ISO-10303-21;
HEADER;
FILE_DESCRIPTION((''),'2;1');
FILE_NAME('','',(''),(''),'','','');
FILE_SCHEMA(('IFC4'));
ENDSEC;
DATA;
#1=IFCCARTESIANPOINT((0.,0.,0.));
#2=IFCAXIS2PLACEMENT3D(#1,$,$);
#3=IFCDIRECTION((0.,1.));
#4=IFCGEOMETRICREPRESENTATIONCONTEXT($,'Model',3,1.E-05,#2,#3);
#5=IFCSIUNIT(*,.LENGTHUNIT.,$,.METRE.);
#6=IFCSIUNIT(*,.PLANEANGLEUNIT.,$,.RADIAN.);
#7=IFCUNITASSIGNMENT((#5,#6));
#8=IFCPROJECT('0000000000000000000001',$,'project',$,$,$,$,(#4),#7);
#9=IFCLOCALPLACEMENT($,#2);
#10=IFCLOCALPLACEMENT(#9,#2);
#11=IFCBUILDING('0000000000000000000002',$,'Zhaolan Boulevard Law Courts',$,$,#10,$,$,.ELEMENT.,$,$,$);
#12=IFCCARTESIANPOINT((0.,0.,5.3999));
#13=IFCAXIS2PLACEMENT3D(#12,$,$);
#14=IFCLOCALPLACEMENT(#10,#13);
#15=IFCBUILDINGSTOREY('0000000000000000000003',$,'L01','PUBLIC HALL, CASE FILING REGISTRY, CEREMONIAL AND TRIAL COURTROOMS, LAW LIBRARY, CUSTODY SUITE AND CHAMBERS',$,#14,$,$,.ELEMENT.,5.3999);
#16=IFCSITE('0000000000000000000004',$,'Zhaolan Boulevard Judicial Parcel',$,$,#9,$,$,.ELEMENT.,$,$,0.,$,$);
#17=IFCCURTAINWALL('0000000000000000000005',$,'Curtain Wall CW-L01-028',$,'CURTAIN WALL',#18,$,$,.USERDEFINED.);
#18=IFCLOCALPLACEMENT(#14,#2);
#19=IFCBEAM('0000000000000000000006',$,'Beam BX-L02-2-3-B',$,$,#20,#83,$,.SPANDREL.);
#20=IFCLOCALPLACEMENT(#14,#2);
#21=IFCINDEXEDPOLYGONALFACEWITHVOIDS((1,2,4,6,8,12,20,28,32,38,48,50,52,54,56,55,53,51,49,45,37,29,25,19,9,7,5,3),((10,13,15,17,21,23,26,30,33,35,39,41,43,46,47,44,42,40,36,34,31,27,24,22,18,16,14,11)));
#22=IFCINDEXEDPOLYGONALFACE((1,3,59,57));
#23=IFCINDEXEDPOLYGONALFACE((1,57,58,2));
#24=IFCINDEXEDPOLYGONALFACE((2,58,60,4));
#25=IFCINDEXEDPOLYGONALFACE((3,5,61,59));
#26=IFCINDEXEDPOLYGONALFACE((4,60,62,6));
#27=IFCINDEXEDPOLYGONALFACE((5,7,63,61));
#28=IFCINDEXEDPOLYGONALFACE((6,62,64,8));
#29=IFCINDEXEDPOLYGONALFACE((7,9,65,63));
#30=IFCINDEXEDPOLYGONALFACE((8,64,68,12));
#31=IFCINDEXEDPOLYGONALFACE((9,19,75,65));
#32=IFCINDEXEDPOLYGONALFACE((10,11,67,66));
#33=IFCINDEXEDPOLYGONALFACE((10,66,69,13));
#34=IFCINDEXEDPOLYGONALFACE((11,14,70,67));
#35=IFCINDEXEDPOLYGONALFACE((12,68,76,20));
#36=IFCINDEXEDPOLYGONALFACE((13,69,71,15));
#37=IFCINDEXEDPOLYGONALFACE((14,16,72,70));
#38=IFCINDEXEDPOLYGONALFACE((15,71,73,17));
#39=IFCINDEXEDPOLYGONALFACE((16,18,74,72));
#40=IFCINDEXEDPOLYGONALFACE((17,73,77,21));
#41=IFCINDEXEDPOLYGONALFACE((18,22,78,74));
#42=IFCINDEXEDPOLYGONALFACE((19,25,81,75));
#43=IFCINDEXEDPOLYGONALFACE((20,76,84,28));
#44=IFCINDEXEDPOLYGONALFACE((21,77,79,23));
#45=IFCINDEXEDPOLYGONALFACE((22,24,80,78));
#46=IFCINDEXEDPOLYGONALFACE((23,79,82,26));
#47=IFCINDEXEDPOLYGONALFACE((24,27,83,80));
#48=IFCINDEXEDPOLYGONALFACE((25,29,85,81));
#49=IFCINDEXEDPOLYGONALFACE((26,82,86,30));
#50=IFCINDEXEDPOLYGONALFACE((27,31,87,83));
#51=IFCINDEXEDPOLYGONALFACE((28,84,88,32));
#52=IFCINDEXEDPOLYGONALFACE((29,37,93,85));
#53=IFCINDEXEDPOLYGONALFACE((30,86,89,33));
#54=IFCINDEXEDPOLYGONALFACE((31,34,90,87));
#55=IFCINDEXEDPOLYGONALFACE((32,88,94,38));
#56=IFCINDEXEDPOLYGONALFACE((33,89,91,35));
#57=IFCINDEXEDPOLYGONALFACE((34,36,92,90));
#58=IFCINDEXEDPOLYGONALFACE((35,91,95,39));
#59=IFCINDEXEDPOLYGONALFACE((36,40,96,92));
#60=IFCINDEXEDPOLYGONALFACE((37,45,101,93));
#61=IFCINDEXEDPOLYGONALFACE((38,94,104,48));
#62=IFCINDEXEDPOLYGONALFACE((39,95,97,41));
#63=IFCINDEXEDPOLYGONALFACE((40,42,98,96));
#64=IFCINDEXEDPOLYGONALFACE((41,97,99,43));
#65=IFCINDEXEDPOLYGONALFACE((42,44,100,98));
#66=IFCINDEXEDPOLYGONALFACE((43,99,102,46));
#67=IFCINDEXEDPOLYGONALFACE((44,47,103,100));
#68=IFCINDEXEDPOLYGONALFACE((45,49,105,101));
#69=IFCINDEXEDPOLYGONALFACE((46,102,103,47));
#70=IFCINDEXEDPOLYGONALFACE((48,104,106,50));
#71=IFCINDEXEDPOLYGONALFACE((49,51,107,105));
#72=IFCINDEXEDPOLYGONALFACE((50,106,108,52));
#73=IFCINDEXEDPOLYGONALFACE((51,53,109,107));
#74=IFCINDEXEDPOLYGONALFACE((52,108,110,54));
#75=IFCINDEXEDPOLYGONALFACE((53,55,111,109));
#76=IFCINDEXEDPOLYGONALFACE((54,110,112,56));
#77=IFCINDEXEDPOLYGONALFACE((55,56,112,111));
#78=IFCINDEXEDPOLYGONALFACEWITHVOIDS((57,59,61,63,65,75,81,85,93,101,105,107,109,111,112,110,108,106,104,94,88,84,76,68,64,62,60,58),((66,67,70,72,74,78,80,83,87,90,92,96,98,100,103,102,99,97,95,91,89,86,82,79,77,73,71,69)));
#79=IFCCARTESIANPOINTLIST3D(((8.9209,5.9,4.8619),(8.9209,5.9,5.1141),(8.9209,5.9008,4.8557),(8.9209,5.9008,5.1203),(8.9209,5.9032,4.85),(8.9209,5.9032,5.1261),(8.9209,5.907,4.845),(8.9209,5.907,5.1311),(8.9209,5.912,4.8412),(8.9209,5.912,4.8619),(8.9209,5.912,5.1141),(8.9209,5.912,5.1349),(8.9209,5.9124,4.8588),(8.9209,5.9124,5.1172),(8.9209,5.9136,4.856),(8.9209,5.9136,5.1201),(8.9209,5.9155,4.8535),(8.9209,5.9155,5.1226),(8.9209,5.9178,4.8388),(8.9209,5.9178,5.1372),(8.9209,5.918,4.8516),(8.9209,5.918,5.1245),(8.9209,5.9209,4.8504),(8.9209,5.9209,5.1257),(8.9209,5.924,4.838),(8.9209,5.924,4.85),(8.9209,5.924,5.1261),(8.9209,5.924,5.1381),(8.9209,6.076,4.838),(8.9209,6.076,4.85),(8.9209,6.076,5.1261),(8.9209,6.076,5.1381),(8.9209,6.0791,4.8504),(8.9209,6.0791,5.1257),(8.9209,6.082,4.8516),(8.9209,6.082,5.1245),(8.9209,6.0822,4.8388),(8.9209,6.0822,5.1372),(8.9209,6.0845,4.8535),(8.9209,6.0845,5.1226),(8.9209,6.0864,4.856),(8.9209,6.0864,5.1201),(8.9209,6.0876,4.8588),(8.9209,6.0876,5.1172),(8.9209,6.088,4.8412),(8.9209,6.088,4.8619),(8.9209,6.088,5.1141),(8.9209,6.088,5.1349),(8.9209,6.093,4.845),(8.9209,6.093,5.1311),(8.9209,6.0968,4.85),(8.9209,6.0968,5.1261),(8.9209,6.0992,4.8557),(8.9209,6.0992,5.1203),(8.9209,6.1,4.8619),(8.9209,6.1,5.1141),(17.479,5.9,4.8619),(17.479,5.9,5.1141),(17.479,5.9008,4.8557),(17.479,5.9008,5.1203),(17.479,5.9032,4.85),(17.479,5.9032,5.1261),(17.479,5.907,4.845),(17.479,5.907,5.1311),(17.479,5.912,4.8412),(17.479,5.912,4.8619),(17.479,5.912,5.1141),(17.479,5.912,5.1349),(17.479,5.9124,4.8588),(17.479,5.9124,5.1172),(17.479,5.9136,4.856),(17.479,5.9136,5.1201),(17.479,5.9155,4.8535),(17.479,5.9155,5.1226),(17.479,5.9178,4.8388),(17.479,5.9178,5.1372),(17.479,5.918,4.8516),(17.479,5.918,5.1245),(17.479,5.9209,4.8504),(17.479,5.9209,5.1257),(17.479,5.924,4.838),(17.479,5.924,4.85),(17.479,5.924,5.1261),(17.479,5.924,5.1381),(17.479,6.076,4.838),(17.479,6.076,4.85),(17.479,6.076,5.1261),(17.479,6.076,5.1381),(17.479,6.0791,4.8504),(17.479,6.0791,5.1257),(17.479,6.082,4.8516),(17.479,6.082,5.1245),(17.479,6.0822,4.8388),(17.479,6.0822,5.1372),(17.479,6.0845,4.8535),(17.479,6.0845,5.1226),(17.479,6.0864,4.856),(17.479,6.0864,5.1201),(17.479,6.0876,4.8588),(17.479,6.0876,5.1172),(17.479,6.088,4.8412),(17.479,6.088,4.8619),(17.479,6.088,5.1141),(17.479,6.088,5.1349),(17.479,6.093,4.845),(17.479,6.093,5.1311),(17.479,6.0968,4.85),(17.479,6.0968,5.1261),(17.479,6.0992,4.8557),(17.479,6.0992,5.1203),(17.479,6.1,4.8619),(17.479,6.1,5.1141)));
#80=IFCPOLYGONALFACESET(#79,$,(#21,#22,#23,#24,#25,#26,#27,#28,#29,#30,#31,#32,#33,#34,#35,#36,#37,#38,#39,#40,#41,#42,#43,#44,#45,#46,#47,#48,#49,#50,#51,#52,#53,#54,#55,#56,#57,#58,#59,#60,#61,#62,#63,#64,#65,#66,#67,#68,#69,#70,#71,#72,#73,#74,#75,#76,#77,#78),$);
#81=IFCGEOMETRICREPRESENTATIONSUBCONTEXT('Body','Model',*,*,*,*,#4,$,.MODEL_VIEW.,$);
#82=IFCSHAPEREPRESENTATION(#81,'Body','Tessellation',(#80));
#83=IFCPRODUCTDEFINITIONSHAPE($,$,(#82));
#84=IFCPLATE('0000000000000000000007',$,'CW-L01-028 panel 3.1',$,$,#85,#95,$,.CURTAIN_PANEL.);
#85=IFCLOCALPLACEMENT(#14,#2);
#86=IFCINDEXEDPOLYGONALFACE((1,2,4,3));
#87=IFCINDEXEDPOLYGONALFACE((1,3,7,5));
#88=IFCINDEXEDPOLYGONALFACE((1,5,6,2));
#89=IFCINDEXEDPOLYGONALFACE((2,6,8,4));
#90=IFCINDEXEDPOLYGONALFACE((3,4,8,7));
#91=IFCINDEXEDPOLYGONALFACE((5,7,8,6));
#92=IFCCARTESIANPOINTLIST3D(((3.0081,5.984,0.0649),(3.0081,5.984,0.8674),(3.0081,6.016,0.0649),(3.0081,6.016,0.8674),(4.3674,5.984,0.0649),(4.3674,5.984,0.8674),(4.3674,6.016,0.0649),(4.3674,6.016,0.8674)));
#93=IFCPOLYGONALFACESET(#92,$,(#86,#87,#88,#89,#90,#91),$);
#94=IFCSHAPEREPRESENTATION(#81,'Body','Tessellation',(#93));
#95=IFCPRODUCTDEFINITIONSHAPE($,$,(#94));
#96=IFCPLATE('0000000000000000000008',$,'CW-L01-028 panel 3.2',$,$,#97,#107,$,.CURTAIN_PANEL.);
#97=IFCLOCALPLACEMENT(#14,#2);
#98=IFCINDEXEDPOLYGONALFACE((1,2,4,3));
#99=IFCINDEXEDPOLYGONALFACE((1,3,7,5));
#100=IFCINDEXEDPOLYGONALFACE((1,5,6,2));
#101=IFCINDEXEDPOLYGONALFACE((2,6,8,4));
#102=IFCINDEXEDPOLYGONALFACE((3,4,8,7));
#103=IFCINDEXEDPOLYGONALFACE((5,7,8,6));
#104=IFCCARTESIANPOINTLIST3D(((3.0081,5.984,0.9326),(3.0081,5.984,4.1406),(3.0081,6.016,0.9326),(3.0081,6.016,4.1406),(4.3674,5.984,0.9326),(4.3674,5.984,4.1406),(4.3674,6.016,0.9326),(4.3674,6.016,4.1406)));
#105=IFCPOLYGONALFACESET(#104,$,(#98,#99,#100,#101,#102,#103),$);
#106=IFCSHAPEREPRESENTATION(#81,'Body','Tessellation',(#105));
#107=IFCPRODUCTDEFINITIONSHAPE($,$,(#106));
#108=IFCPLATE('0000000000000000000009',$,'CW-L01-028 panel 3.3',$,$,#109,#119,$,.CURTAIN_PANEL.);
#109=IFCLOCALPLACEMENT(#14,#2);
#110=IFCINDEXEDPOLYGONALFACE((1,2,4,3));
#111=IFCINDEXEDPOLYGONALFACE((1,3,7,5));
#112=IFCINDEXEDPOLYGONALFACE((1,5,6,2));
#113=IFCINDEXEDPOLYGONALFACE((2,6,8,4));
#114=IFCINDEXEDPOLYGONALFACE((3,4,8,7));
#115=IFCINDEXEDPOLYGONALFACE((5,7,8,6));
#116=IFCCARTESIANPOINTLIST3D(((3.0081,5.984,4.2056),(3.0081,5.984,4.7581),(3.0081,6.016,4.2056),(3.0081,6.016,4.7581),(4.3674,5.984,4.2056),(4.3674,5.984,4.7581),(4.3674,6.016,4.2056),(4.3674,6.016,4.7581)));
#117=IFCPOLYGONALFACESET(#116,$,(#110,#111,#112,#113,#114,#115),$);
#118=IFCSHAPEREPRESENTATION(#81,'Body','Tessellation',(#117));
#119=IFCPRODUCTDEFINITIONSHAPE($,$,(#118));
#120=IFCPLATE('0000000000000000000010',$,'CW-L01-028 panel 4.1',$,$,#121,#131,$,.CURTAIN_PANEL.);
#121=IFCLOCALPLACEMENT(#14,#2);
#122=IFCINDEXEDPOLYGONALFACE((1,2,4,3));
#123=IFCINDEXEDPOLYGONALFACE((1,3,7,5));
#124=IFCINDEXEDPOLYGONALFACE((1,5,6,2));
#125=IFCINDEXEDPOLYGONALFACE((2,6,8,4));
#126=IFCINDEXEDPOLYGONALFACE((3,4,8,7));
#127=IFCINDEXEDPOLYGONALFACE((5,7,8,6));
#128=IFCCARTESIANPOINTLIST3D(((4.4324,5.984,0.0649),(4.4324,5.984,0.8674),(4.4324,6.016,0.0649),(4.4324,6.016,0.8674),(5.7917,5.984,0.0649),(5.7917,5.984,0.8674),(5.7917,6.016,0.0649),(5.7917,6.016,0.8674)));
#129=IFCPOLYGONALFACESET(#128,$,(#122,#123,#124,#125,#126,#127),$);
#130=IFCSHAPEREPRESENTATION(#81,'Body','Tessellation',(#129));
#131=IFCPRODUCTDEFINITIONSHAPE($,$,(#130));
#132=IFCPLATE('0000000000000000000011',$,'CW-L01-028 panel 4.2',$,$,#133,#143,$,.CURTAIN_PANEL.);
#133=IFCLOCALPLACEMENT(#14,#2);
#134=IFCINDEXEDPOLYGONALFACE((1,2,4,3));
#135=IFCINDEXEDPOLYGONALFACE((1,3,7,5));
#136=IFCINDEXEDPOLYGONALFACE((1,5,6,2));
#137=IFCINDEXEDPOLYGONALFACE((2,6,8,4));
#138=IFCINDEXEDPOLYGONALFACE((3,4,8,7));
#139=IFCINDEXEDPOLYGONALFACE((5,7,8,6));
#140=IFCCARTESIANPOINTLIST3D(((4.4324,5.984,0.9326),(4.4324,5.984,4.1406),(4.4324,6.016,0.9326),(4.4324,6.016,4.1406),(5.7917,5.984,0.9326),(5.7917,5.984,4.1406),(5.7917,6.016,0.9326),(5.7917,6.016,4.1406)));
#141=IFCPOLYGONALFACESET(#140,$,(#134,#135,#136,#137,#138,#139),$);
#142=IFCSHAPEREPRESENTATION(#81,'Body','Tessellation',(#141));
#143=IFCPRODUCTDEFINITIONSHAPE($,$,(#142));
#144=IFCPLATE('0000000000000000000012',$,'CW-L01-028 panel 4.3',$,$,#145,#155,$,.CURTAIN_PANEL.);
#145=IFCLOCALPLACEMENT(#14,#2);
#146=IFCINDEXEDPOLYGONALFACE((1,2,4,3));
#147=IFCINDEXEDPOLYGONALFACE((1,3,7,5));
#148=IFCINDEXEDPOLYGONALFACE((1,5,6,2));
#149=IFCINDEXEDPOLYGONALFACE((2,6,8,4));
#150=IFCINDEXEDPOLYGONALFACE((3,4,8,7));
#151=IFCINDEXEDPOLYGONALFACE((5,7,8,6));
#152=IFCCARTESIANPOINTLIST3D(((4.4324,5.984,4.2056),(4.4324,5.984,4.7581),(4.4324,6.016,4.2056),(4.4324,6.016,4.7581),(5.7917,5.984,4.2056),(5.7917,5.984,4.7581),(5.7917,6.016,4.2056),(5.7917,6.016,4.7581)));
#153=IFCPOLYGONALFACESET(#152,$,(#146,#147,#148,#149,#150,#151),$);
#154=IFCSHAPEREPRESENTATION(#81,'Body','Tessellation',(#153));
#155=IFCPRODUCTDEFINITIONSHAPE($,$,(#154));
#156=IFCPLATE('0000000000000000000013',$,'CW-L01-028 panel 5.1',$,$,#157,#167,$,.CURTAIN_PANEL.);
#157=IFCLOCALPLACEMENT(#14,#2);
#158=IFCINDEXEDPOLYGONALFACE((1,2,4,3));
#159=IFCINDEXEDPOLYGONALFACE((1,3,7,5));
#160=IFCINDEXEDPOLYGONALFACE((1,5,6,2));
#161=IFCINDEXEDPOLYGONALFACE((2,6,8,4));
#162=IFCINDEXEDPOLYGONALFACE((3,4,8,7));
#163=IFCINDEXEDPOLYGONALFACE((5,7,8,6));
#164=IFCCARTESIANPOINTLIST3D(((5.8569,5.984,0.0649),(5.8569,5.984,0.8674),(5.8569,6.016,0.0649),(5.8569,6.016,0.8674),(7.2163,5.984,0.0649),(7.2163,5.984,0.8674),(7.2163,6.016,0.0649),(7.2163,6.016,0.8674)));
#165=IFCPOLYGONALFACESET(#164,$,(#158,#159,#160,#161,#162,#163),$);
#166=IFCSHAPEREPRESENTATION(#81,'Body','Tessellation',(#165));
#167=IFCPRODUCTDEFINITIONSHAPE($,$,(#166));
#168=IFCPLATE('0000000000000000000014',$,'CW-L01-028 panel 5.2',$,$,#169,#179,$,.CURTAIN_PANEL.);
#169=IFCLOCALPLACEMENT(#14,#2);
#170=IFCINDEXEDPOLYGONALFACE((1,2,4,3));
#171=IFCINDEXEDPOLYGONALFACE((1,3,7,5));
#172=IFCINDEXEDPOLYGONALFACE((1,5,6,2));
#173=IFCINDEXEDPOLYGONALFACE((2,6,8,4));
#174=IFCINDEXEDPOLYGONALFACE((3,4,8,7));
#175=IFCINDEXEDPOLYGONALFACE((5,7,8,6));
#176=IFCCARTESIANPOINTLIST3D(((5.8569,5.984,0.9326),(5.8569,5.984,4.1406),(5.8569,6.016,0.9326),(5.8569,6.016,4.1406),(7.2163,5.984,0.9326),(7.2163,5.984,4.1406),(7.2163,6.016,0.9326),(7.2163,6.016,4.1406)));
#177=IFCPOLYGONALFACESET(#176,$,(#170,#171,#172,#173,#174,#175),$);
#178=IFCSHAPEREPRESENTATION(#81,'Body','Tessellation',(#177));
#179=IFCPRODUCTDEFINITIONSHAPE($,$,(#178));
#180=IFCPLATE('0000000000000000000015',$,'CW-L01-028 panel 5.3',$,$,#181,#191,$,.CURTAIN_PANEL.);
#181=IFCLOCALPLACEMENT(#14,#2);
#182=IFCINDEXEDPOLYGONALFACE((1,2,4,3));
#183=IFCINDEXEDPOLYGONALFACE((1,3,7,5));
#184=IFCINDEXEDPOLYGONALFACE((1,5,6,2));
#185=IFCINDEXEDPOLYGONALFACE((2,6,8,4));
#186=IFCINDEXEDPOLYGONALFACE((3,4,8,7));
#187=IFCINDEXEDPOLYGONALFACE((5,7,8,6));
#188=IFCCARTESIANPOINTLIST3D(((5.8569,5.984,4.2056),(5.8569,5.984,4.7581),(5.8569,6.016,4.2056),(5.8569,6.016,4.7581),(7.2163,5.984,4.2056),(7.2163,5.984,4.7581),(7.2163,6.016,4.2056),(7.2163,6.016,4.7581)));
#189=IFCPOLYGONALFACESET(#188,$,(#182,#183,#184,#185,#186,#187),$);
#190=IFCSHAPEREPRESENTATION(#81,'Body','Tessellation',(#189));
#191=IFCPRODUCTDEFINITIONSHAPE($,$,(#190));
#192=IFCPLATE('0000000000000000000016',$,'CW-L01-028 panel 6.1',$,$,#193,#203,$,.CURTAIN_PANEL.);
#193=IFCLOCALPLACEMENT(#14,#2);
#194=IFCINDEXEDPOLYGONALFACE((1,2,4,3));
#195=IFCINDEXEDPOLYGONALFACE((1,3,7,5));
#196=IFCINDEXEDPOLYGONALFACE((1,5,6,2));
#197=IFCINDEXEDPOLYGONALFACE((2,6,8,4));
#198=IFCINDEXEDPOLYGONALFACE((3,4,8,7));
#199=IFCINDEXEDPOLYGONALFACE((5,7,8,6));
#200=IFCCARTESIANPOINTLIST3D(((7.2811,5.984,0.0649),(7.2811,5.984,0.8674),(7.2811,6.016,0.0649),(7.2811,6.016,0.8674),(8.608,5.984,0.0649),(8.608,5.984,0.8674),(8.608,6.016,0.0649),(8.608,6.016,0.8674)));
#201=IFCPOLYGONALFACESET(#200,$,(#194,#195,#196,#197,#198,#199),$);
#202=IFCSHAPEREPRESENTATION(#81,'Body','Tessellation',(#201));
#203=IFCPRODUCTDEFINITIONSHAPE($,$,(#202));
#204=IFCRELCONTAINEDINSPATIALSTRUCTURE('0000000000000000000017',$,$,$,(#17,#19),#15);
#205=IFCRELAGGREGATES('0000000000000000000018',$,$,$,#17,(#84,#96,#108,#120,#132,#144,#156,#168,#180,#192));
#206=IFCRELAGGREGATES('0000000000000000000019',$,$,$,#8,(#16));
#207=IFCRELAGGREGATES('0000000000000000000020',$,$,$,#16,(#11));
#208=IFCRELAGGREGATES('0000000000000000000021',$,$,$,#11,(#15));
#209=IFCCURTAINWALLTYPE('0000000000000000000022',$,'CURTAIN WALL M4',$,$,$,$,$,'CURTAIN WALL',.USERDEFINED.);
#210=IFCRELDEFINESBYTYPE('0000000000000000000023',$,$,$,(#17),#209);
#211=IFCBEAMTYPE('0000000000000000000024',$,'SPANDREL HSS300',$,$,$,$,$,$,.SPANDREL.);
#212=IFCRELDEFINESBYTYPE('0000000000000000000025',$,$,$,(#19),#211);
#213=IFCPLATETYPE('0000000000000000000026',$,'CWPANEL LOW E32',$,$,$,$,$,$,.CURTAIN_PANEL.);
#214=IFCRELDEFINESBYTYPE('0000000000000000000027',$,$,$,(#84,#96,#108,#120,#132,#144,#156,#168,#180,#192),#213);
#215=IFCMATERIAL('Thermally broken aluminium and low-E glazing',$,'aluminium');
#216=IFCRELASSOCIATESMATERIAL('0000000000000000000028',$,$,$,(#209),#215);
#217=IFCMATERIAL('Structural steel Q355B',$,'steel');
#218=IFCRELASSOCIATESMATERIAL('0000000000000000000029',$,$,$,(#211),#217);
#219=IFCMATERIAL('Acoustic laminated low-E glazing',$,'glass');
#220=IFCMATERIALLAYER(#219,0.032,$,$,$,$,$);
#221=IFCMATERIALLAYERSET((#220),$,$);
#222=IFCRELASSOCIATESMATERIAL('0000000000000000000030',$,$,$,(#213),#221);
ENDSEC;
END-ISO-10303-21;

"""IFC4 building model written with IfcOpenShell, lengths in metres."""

from ifc_helpers import new_model, si_unit, direction, frame, origin, origin_2d, place, context, subcontext, project, spatial, rectangle, hollow_rectangle, extrude, material, layer, layer_set, material_profile, profile_set, type_object, element, aggregate, save


model = new_model("IFC4")

# Units and contexts
model_context = context("Model", 3, precision=1e-05, world=origin(), true_north=direction((0.0, 1.0)))
body_context = subcontext(model_context, "Body", "Model", "MODEL_VIEW")
ifc_project = project(units=[si_unit("LENGTHUNIT", "METRE"), si_unit("PLANEANGLEUNIT", "RADIAN")], contexts=[model_context])

# Site, building, storey
site_placement = place(None, origin())
site = spatial("IfcSite", under=ifc_project, at=site_placement, Name="Zhaolan Boulevard Judicial Parcel", CompositionType="ELEMENT", RefElevation=0.0)
building_placement = place(site_placement, origin())
building = spatial("IfcBuilding", under=site, at=building_placement, Name="Zhaolan Boulevard Law Courts", CompositionType="ELEMENT")
storey_placement = place(building_placement, frame((0.0, 0.0, 5.3999)))
storey = spatial("IfcBuildingStorey", under=building, at=storey_placement, Name="L01", Description="PUBLIC HALL, CASE FILING REGISTRY, CEREMONIAL AND TRIAL COURTROOMS, LAW LIBRARY, CUSTODY SUITE AND CHAMBERS", CompositionType="ELEMENT", Elevation=5.3999)

# Curtain wall
ifc_material_1 = material(Name="Thermally broken aluminium and low-E glazing", Category="aluminium")
curtain_wall_type_1 = type_object("IfcCurtainWallType", Name="CURTAIN WALL M4", ElementType="CURTAIN WALL", PredefinedType="USERDEFINED", material=ifc_material_1)
curtain_wall_1_placement = place(storey_placement, origin())
curtain_wall_1 = element("IfcCurtainWall", 1, at=curtain_wall_1_placement, inside=storey, type_object=curtain_wall_type_1, Name="Curtain Wall CW-L01-028", ObjectType="CURTAIN WALL", PredefinedType="USERDEFINED")

# Beam
ifc_material_2 = material(Name="Structural steel Q355B", Category="steel")
ifc_material_profile_1 = material_profile(ifc_material_2, hollow_rectangle(XDim=0.2, YDim=0.3, WallThickness=0.012, InnerFilletRadius=0.012, OuterFilletRadius=0.0239, at=origin_2d()), Name="HSS300x200x12")
ifc_profile_set_1 = profile_set([ifc_material_profile_1], Name="Structural steel Q355B")
beam_type = type_object("IfcBeamType", Name="SPANDREL HSS300", PredefinedType="SPANDREL", material=ifc_profile_set_1)
beam_placement = place(storey_placement, frame((8.9209, 6.0, 4.988), z_axis=(1.0, 0.0, 0.0), x_axis=(0.0, 1.0, 0.0)))
element("IfcBeam", 2, at=beam_placement, inside=storey, type_object=beam_type, Name="Beam BX-L02-2-3-B", PredefinedType="SPANDREL", context=body_context, shape_type="SweptSolid", body=[
    extrude(hollow_rectangle(XDim=0.2, YDim=0.3, WallThickness=0.012, InnerFilletRadius=0.012, OuterFilletRadius=0.0239, at=origin_2d()), origin(), (0.0, 0.0, 1.0), 8.5581),
])

# Plates
ifc_material_3 = material(Name="Acoustic laminated low-E glazing", Category="glass")
ifc_layer_1 = layer(ifc_material_3, 0.032)
ifc_layer_set_1 = layer_set([ifc_layer_1])
plate_type_1 = type_object("IfcPlateType", Name="CWPANEL LOW E32", PredefinedType="CURTAIN_PANEL", material=ifc_layer_set_1)
plate_1_placement = place(storey_placement, frame((3.6877, 6.0, 0.0649), z_axis=(0.0, 0.0, 1.0), x_axis=(1.0, 0.0, 0.0)))
plate_1 = element("IfcPlate", 3, at=plate_1_placement, type_object=plate_type_1, Name="CW-L01-028 panel 3.1", PredefinedType="CURTAIN_PANEL", context=body_context, shape_type="SweptSolid", body=[
    extrude(rectangle(XDim=1.3594, YDim=0.032, at=origin_2d()), origin(), (0.0, 0.0, 1.0), 0.8025),
])
plate_2_placement = place(storey_placement, frame((3.6877, 6.0, 0.9326), z_axis=(0.0, 0.0, 1.0), x_axis=(1.0, 0.0, 0.0)))
plate_2 = element("IfcPlate", 4, at=plate_2_placement, type_object=plate_type_1, Name="CW-L01-028 panel 3.2", PredefinedType="CURTAIN_PANEL", context=body_context, shape_type="SweptSolid", body=[
    extrude(rectangle(XDim=1.3594, YDim=0.032, at=origin_2d()), origin(), (0.0, 0.0, 1.0), 3.208),
])
plate_3_placement = place(storey_placement, frame((3.6877, 6.0, 4.2056), z_axis=(0.0, 0.0, 1.0), x_axis=(1.0, 0.0, 0.0)))
plate_3 = element("IfcPlate", 5, at=plate_3_placement, type_object=plate_type_1, Name="CW-L01-028 panel 3.3", PredefinedType="CURTAIN_PANEL", context=body_context, shape_type="SweptSolid", body=[
    extrude(rectangle(XDim=1.3594, YDim=0.032, at=origin_2d()), origin(), (0.0, 0.0, 1.0), 0.5525),
])
plate_4_placement = place(storey_placement, frame((5.1121, 6.0, 0.0649), z_axis=(0.0, 0.0, 1.0), x_axis=(1.0, 0.0, 0.0)))
plate_4 = element("IfcPlate", 6, at=plate_4_placement, type_object=plate_type_1, Name="CW-L01-028 panel 4.1", PredefinedType="CURTAIN_PANEL", context=body_context, shape_type="SweptSolid", body=[
    extrude(rectangle(XDim=1.3594, YDim=0.032, at=origin_2d()), origin(), (0.0, 0.0, 1.0), 0.8025),
])
plate_5_placement = place(storey_placement, frame((5.1121, 6.0, 0.9326), z_axis=(0.0, 0.0, 1.0), x_axis=(1.0, 0.0, 0.0)))
plate_5 = element("IfcPlate", 7, at=plate_5_placement, type_object=plate_type_1, Name="CW-L01-028 panel 4.2", PredefinedType="CURTAIN_PANEL", context=body_context, shape_type="SweptSolid", body=[
    extrude(rectangle(XDim=1.3594, YDim=0.032, at=origin_2d()), origin(), (0.0, 0.0, 1.0), 3.208),
])
plate_6_placement = place(storey_placement, frame((5.1121, 6.0, 4.2056), z_axis=(0.0, 0.0, 1.0), x_axis=(1.0, 0.0, 0.0)))
plate_6 = element("IfcPlate", 8, at=plate_6_placement, type_object=plate_type_1, Name="CW-L01-028 panel 4.3", PredefinedType="CURTAIN_PANEL", context=body_context, shape_type="SweptSolid", body=[
    extrude(rectangle(XDim=1.3594, YDim=0.032, at=origin_2d()), origin(), (0.0, 0.0, 1.0), 0.5525),
])
plate_7_placement = place(storey_placement, frame((6.5366, 6.0, 0.0649), z_axis=(0.0, 0.0, 1.0), x_axis=(1.0, 0.0, 0.0)))
plate_7 = element("IfcPlate", 9, at=plate_7_placement, type_object=plate_type_1, Name="CW-L01-028 panel 5.1", PredefinedType="CURTAIN_PANEL", context=body_context, shape_type="SweptSolid", body=[
    extrude(rectangle(XDim=1.3594, YDim=0.032, at=origin_2d()), origin(), (0.0, 0.0, 1.0), 0.8025),
])
plate_8_placement = place(storey_placement, frame((6.5366, 6.0, 0.9326), z_axis=(0.0, 0.0, 1.0), x_axis=(1.0, 0.0, 0.0)))
plate_8 = element("IfcPlate", 10, at=plate_8_placement, type_object=plate_type_1, Name="CW-L01-028 panel 5.2", PredefinedType="CURTAIN_PANEL", context=body_context, shape_type="SweptSolid", body=[
    extrude(rectangle(XDim=1.3594, YDim=0.032, at=origin_2d()), origin(), (0.0, 0.0, 1.0), 3.208),
])
plate_9_placement = place(storey_placement, frame((6.5366, 6.0, 4.2056), z_axis=(0.0, 0.0, 1.0), x_axis=(1.0, 0.0, 0.0)))
plate_9 = element("IfcPlate", 11, at=plate_9_placement, type_object=plate_type_1, Name="CW-L01-028 panel 5.3", PredefinedType="CURTAIN_PANEL", context=body_context, shape_type="SweptSolid", body=[
    extrude(rectangle(XDim=1.3594, YDim=0.032, at=origin_2d()), origin(), (0.0, 0.0, 1.0), 0.5525),
])
plate_10_placement = place(storey_placement, frame((7.9446, 6.0, 0.0649), z_axis=(0.0, 0.0, 1.0), x_axis=(1.0, 0.0, 0.0)))
plate_10 = element("IfcPlate", 12, at=plate_10_placement, type_object=plate_type_1, Name="CW-L01-028 panel 6.1", PredefinedType="CURTAIN_PANEL", context=body_context, shape_type="SweptSolid", body=[
    extrude(rectangle(XDim=1.3269, YDim=0.032, at=origin_2d()), origin(), (0.0, 0.0, 1.0), 0.8025),
])
aggregate(curtain_wall_1, [plate_1, plate_2, plate_3, plate_4, plate_5, plate_6, plate_7, plate_8, plate_9, plate_10])

save(model, "model.ifc")
